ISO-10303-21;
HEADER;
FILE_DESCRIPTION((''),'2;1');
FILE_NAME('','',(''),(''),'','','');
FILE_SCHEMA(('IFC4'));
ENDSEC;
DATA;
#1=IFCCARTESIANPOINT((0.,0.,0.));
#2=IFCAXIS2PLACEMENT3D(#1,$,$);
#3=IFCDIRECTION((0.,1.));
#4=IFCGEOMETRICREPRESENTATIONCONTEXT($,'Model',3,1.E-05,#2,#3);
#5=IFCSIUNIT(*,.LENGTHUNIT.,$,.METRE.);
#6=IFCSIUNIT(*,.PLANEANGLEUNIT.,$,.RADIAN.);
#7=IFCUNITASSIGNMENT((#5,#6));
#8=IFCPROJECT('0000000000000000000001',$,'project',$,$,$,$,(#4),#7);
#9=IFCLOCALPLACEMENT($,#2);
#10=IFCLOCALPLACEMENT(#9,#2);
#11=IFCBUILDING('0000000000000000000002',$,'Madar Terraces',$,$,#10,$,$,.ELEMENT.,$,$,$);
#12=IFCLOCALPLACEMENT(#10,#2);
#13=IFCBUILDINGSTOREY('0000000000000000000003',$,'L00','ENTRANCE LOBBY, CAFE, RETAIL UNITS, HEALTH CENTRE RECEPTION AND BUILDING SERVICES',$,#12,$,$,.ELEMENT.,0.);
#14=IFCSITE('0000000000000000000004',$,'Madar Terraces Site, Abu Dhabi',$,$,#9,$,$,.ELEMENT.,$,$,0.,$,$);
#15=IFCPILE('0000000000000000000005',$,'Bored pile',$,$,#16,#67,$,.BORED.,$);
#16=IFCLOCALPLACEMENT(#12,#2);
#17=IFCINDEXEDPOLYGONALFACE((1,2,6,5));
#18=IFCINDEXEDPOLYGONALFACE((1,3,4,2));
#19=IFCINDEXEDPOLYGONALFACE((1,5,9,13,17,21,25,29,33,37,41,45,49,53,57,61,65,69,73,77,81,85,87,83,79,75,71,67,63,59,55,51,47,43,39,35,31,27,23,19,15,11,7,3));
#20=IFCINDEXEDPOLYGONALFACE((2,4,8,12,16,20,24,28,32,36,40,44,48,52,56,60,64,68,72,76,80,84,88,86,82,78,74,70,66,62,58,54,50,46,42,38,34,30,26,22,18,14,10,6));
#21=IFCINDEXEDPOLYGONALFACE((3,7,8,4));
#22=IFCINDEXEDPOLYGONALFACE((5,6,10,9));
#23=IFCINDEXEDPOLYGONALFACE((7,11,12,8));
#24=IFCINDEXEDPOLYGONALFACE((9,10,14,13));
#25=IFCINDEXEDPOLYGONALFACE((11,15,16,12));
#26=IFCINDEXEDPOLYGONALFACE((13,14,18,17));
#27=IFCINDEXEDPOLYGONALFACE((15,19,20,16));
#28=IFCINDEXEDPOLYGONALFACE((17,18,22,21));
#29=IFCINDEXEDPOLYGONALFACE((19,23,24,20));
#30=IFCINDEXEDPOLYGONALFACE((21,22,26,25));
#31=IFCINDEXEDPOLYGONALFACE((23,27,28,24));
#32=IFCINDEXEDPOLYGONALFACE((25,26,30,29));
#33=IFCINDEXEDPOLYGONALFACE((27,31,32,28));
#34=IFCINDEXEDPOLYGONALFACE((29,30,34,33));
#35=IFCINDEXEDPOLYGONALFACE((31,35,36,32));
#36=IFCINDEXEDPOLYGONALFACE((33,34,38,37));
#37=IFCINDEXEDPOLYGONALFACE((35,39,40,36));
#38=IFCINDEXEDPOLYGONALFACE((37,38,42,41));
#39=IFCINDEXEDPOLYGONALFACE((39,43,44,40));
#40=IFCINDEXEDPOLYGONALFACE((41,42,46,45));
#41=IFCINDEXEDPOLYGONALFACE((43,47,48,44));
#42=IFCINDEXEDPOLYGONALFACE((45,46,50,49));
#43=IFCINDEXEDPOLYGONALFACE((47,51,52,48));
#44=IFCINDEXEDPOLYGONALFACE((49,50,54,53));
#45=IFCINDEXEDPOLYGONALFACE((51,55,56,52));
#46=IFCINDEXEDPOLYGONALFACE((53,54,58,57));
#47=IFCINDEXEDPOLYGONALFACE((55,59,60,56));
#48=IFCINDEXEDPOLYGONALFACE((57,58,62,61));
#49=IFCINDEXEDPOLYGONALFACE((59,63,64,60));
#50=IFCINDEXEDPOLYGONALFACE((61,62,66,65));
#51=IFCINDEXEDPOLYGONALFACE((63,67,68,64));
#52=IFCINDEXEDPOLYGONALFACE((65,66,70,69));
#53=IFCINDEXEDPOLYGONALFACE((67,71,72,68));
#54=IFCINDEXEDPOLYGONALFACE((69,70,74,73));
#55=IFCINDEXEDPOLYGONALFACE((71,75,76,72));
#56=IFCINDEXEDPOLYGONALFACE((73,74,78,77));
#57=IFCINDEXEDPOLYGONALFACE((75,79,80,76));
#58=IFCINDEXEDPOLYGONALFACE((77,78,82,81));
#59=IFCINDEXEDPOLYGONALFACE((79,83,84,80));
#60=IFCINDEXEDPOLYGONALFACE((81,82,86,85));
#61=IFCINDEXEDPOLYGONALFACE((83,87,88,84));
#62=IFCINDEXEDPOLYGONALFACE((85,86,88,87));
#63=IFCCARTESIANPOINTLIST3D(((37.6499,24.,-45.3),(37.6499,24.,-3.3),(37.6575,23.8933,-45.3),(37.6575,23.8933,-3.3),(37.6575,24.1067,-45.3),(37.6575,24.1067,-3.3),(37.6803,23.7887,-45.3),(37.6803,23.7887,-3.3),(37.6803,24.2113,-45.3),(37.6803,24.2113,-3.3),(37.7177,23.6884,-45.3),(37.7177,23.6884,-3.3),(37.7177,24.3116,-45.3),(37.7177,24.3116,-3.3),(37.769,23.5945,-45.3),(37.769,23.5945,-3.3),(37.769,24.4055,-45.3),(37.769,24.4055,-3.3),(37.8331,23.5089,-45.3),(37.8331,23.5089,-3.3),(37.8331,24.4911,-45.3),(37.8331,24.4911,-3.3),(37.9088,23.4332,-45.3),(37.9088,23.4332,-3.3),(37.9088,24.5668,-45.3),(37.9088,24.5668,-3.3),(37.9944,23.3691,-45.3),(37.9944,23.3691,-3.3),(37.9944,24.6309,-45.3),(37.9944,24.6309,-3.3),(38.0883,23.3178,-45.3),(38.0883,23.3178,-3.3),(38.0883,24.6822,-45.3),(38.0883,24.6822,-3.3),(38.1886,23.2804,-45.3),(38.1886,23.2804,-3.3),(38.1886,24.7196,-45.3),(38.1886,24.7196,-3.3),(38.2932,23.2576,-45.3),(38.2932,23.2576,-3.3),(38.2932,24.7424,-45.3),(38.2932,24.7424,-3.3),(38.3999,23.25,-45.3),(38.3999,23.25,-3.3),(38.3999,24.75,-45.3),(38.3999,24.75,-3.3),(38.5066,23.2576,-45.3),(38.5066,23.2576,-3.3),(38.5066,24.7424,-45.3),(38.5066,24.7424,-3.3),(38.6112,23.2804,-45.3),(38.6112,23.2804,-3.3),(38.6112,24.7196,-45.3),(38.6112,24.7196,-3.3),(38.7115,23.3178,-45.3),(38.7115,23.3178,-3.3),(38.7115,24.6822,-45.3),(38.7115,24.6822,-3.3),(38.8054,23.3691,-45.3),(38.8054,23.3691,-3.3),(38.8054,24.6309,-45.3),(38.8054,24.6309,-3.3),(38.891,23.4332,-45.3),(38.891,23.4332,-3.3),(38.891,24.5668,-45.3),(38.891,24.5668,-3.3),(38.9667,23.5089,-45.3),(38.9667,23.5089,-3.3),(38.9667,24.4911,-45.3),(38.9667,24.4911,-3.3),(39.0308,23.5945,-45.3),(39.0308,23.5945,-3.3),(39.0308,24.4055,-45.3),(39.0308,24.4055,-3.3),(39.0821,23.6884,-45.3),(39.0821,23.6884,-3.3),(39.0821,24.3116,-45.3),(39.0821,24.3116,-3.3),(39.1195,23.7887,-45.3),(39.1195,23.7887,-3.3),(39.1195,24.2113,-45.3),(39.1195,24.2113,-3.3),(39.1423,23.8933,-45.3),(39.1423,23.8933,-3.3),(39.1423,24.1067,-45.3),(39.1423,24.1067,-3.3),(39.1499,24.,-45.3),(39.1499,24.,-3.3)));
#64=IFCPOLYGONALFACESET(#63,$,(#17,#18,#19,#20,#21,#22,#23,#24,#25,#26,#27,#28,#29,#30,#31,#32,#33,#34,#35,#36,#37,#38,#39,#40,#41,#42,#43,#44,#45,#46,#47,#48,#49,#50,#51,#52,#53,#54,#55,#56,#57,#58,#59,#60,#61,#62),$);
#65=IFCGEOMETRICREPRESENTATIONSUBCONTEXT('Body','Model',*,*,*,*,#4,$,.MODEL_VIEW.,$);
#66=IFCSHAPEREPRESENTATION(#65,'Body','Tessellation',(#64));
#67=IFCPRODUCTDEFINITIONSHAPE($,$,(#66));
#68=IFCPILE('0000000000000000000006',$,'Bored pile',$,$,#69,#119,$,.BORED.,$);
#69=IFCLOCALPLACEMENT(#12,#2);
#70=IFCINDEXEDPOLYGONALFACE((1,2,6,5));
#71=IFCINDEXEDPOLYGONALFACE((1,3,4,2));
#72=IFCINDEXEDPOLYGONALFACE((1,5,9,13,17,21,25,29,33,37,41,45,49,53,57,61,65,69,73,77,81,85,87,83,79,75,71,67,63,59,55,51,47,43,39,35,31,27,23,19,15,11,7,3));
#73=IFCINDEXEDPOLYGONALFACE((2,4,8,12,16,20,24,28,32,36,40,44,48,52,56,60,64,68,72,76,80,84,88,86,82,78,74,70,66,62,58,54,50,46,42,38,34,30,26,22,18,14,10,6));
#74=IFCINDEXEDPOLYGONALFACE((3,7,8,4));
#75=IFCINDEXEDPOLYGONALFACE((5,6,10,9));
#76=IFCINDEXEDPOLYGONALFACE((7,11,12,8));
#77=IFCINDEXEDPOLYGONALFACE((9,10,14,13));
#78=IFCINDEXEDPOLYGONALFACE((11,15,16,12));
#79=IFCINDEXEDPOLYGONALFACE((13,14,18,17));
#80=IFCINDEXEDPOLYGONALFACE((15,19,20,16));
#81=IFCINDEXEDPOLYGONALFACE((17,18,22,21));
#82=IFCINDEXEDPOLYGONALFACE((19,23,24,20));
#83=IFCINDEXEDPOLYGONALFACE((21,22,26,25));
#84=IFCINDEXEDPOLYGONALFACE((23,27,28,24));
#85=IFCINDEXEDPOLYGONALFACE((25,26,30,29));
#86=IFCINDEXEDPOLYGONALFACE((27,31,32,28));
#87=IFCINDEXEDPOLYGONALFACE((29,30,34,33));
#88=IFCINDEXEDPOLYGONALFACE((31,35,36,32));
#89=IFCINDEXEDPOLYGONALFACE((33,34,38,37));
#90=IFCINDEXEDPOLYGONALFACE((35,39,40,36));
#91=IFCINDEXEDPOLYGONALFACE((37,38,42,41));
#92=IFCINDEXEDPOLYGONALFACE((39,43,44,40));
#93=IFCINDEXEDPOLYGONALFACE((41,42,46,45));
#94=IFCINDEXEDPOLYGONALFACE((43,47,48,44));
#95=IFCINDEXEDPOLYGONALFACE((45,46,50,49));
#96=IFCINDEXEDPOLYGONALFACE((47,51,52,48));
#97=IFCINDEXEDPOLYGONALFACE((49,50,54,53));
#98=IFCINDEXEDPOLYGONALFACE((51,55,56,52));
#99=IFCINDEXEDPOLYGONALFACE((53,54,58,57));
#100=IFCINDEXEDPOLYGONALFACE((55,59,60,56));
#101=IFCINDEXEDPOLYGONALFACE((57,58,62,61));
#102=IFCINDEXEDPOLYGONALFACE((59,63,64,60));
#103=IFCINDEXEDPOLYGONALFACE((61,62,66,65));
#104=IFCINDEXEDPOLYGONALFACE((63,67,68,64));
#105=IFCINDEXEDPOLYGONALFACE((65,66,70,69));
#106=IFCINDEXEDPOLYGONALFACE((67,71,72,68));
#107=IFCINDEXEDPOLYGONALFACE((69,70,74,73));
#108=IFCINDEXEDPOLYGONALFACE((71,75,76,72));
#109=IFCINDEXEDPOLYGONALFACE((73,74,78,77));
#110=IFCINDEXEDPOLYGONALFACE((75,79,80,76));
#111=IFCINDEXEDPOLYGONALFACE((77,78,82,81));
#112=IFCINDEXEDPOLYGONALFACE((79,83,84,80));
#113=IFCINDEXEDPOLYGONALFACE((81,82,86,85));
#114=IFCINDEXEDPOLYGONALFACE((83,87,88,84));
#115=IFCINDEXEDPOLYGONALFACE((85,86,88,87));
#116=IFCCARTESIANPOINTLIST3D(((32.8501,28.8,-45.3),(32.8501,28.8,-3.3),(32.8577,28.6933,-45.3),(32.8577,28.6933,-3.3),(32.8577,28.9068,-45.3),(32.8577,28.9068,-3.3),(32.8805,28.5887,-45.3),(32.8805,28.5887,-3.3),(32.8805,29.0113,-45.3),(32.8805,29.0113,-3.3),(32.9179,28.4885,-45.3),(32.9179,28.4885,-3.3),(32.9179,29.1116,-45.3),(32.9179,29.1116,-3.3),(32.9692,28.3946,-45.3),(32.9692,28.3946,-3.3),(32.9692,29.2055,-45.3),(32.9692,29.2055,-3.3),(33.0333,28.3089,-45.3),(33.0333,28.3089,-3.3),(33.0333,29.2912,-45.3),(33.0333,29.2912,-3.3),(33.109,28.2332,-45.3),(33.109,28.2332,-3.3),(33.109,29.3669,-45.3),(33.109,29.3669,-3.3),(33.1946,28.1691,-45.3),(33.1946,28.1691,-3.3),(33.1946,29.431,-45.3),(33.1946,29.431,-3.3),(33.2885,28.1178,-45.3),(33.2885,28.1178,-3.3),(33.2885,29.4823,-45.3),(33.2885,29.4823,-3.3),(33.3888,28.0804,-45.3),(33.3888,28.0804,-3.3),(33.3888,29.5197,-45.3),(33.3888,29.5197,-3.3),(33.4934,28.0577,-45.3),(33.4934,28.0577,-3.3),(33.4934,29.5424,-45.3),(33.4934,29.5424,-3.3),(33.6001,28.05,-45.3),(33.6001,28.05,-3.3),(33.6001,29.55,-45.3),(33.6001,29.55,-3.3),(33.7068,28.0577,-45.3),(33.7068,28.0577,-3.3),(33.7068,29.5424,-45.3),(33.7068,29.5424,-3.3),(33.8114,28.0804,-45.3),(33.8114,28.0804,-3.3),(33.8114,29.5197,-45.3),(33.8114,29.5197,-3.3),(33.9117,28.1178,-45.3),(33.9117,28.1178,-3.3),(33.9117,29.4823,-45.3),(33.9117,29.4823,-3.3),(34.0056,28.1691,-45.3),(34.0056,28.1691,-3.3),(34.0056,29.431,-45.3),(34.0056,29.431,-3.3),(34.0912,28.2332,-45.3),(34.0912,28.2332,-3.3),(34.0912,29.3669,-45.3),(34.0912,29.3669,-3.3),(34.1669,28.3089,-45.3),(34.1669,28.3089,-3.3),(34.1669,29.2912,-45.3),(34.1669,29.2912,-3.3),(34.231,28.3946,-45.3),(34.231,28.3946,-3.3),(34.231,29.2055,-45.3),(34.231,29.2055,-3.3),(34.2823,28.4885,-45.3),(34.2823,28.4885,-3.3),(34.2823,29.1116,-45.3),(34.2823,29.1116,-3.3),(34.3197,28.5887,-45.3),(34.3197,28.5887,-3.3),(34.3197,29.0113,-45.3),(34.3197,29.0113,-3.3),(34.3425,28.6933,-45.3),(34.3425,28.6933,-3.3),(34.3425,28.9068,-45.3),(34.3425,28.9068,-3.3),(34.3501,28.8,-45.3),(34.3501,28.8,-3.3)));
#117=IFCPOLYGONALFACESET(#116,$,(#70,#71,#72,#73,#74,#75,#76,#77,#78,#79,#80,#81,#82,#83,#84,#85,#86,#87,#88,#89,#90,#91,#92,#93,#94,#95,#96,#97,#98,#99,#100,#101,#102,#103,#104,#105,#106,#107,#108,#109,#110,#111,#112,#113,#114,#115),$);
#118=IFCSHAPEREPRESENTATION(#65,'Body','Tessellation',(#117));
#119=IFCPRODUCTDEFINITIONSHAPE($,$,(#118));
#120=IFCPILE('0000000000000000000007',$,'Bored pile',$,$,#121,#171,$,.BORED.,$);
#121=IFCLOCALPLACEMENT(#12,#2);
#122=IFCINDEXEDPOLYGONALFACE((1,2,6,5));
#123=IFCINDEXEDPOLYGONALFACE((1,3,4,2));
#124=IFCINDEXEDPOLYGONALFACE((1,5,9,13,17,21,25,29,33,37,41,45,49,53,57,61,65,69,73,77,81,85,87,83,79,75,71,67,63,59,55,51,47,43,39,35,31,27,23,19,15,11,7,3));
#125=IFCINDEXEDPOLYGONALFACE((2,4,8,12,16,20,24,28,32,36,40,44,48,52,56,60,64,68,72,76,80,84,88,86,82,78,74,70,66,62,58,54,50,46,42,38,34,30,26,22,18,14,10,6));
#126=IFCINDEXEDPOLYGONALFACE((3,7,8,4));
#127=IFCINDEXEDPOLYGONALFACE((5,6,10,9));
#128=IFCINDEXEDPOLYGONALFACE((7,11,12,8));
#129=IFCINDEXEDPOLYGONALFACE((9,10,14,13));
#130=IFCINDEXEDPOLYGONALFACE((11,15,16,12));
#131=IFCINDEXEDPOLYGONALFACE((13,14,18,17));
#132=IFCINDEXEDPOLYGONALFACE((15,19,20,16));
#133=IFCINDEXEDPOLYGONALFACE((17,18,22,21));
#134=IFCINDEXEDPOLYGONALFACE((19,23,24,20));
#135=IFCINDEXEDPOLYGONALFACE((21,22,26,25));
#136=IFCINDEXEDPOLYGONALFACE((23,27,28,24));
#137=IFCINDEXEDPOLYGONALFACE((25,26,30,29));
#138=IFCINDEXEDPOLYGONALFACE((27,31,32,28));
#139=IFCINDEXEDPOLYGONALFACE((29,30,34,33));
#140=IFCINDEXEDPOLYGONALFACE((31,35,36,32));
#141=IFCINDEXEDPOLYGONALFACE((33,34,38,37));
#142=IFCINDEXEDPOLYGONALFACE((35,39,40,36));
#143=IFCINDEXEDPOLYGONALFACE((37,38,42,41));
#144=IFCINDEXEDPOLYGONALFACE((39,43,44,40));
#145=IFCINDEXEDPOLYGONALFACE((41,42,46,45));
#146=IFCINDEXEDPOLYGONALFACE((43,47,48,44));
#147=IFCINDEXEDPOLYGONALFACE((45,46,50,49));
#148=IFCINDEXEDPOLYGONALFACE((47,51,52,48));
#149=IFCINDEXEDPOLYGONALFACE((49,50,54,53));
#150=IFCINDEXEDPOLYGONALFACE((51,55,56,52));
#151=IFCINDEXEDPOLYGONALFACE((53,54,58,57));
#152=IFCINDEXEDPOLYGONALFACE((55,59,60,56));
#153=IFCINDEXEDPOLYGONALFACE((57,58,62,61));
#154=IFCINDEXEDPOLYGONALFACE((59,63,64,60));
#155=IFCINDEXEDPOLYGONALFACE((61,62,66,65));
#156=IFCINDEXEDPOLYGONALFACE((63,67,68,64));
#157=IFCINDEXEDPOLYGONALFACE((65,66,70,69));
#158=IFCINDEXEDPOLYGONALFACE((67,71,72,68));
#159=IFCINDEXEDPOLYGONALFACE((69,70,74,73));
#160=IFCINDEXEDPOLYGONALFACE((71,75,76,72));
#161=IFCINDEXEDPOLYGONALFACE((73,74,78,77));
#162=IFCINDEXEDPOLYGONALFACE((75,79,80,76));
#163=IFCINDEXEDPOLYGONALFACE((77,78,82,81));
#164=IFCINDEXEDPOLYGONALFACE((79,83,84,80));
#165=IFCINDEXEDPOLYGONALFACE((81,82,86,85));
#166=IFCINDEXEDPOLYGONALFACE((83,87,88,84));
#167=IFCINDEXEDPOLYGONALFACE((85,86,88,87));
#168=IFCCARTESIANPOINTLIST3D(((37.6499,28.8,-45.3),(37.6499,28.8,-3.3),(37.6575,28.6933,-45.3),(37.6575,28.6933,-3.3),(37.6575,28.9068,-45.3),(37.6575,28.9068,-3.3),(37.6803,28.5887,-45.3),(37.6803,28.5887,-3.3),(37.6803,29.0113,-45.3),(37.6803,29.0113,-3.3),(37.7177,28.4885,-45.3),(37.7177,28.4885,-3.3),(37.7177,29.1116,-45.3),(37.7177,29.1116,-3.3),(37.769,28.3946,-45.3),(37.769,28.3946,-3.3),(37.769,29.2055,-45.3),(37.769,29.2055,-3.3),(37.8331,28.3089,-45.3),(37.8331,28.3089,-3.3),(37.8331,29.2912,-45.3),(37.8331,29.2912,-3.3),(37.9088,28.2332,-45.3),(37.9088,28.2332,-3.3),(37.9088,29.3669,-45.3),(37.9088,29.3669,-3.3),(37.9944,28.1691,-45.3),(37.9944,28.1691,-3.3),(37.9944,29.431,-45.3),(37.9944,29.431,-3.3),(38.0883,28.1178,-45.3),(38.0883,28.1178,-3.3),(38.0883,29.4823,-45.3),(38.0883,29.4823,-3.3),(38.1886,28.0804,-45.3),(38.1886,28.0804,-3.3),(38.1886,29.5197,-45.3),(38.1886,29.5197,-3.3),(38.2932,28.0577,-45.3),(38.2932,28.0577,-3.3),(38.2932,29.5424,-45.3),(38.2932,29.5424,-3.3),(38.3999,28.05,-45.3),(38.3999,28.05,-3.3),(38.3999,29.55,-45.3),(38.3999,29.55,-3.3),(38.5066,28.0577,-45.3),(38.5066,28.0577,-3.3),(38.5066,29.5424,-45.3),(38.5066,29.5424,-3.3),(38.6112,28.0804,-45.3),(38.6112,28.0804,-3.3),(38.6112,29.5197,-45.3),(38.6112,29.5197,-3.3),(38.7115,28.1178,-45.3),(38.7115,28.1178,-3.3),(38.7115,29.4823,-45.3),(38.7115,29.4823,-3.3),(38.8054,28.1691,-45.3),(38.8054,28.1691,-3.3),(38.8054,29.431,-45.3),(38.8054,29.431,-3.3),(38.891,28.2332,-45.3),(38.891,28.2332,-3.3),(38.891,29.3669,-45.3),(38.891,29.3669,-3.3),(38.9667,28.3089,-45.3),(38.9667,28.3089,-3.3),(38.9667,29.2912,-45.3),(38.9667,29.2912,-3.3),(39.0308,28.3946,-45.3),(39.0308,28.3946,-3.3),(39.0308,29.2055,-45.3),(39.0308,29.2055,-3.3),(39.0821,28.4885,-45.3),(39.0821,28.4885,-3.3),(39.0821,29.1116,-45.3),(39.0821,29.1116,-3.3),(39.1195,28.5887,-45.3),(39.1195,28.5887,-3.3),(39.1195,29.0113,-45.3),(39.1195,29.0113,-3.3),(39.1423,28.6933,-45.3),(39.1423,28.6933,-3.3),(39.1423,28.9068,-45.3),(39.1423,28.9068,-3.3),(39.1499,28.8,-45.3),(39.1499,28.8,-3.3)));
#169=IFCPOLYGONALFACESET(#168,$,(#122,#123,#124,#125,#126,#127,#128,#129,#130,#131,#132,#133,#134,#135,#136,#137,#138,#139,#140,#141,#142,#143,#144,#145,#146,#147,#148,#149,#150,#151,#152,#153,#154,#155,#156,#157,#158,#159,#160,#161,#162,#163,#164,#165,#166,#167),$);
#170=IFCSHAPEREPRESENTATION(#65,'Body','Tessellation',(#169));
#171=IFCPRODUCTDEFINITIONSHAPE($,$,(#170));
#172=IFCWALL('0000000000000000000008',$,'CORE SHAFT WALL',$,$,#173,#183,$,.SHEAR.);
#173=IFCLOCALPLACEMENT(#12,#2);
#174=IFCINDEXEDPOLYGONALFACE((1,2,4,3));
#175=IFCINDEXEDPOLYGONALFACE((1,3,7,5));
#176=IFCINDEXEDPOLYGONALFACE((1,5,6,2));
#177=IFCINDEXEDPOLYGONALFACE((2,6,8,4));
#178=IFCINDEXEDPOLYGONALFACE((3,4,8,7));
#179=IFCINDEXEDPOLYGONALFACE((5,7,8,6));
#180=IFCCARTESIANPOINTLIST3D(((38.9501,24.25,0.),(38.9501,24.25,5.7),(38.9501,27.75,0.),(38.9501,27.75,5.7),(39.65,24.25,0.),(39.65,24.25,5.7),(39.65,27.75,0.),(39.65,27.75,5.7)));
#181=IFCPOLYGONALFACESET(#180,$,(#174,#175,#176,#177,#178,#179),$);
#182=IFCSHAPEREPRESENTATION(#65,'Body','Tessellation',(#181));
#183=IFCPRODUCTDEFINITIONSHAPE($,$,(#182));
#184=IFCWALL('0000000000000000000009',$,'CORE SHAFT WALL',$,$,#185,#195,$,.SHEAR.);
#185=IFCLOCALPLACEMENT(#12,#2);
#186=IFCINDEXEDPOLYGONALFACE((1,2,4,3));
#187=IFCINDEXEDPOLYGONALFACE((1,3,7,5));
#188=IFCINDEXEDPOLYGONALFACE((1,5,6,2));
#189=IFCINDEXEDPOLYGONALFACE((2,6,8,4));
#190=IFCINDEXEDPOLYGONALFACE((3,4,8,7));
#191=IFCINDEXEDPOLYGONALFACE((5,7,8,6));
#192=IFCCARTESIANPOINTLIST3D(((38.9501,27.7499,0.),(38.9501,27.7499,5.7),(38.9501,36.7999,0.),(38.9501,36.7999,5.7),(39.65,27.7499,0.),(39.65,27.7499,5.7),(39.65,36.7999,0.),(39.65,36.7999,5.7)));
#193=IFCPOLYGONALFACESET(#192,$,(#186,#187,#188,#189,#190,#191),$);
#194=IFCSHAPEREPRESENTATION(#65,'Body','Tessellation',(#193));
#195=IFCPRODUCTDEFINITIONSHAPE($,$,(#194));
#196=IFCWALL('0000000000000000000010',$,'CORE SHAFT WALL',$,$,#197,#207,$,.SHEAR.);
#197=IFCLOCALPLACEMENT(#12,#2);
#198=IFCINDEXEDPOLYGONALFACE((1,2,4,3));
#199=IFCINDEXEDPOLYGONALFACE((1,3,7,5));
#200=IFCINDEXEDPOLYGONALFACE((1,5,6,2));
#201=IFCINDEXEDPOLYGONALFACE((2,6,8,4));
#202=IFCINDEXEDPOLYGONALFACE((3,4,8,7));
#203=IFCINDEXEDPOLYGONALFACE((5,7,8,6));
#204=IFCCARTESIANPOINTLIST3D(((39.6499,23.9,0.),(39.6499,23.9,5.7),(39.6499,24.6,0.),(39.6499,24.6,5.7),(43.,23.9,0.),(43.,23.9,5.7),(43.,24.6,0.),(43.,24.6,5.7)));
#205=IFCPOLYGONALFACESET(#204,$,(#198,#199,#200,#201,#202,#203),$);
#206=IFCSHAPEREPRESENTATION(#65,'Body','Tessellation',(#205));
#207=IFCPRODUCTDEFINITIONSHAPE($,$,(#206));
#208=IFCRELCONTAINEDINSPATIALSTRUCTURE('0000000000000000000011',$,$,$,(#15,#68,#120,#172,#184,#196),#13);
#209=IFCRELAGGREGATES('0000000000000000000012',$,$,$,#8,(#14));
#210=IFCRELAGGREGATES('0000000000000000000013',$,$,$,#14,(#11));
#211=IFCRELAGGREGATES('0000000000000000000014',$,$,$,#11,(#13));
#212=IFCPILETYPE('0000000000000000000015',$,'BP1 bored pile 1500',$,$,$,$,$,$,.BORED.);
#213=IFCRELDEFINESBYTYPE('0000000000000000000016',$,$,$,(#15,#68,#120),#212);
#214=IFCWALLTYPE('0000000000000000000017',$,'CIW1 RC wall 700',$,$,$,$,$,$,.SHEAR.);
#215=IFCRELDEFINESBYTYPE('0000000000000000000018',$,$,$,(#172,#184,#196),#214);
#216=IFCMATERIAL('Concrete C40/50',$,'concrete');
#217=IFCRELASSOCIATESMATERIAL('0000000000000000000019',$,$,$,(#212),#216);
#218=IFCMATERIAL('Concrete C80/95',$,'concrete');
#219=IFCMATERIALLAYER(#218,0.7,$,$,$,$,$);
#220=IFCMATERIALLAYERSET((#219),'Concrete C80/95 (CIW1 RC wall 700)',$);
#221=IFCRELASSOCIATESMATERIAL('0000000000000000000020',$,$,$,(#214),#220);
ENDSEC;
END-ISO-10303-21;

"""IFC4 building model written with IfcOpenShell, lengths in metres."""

from ifc_helpers import new_model, si_unit, direction, frame, frame_2d, origin, origin_2d, place, context, subcontext, project, spatial, rectangle, circle, extrude, material, layer, layer_set, material_profile, profile_set, type_object, element, save


model = new_model("IFC4")

# Units and contexts
model_context = context("Model", 3, precision=1e-05, world=origin(), true_north=direction((0.0, 1.0)))
body_context = subcontext(model_context, "Body", "Model", "MODEL_VIEW")
ifc_project = project(units=[si_unit("LENGTHUNIT", "METRE"), si_unit("PLANEANGLEUNIT", "RADIAN")], contexts=[model_context])

# Site, building, storey
site_placement = place(None, origin())
site = spatial("IfcSite", under=ifc_project, at=site_placement, Name="Madar Terraces Site, Abu Dhabi", CompositionType="ELEMENT", RefElevation=0.0)
building_placement = place(site_placement, origin())
building = spatial("IfcBuilding", under=site, at=building_placement, Name="Madar Terraces", CompositionType="ELEMENT")
storey_placement = place(building_placement, origin())
storey = spatial("IfcBuildingStorey", under=building, at=storey_placement, Name="L00", Description="ENTRANCE LOBBY, CAFE, RETAIL UNITS, HEALTH CENTRE RECEPTION AND BUILDING SERVICES", CompositionType="ELEMENT", Elevation=0.0)

# Piles
ifc_material_1 = material(Name="Concrete C40/50", Category="concrete")
ifc_material_profile = material_profile(ifc_material_1, circle(Radius=0.75, at=origin_2d()), Name="BP1 bored pile 1500")
ifc_profile_set = profile_set([ifc_material_profile], Name="Concrete C40/50")
pile_type = type_object("IfcPileType", Name="BP1 bored pile 1500", PredefinedType="BORED", material=ifc_profile_set)
for number, where, z_axis, x_axis, name in (
    (1, (38.3999, 24.0, -3.3), (0.0, 0.0, -1.0), (1.0, 0.0, 0.0), "Bored pile"),
    (2, (33.6001, 28.8, -3.3), (0.0, 0.0, -1.0), (1.0, 0.0, 0.0), "Bored pile"),
    (3, (38.3999, 28.8, -3.3), (0.0, 0.0, -1.0), (1.0, 0.0, 0.0), "Bored pile"),
):
    element("IfcPile", number, at=place(storey_placement, frame(where, z_axis=z_axis, x_axis=x_axis)), inside=storey, type_object=pile_type, Name=name, PredefinedType="BORED", context=body_context, shape_type="SweptSolid", body=[
        extrude(circle(Radius=0.75, at=origin_2d()), origin(), (0.0, 0.0, 1.0), 42.0),
    ])

# Walls
ifc_material_2 = material(Name="Concrete C80/95", Category="concrete")
ifc_layer_1 = layer(ifc_material_2, 0.7)
ifc_layer_set_1 = layer_set([ifc_layer_1], Name="Concrete C80/95 (CIW1 RC wall 700)")
wall_type_1 = type_object("IfcWallType", Name="CIW1 RC wall 700", PredefinedType="SHEAR", material=ifc_layer_set_1)
wall_1_placement = place(storey_placement, frame((39.3, 24.25, 0.0), z_axis=(0.0, 0.0, 1.0), x_axis=(0.0, 1.0, 0.0)))
element("IfcWall", 4, at=wall_1_placement, inside=storey, type_object=wall_type_1, Name="CORE SHAFT WALL", PredefinedType="SHEAR", context=body_context, shape_type="SweptSolid", body=[
    extrude(rectangle(XDim=3.5, YDim=0.7, at=frame_2d((1.75, 0.0))), origin(), (0.0, 0.0, 1.0), 5.7),
])
wall_2_placement = place(storey_placement, frame((39.3, 27.75, 0.0), z_axis=(0.0, 0.0, 1.0), x_axis=(0.0, 1.0, 0.0)))
element("IfcWall", 5, at=wall_2_placement, inside=storey, type_object=wall_type_1, Name="CORE SHAFT WALL", PredefinedType="SHEAR", context=body_context, shape_type="SweptSolid", body=[
    extrude(rectangle(XDim=9.05, YDim=0.7, at=frame_2d((4.5249, 0.0))), origin(), (0.0, 0.0, 1.0), 5.7),
])
for number, where, z_axis, x_axis, name in (
    (6, (39.6499, 24.25, 0.0), (0.0, 0.0, 1.0), (1.0, 0.0, 0.0), "CORE SHAFT WALL"),
):
    element("IfcWall", number, at=place(storey_placement, frame(where, z_axis=z_axis, x_axis=x_axis)), inside=storey, type_object=wall_type_1, Name=name, PredefinedType="SHEAR", context=body_context, shape_type="SweptSolid", body=[
        extrude(rectangle(XDim=3.3501, YDim=0.7, at=frame_2d((1.675, 0.0))), origin(), (0.0, 0.0, 1.0), 5.7),
    ])

save(model, "model.ifc")
